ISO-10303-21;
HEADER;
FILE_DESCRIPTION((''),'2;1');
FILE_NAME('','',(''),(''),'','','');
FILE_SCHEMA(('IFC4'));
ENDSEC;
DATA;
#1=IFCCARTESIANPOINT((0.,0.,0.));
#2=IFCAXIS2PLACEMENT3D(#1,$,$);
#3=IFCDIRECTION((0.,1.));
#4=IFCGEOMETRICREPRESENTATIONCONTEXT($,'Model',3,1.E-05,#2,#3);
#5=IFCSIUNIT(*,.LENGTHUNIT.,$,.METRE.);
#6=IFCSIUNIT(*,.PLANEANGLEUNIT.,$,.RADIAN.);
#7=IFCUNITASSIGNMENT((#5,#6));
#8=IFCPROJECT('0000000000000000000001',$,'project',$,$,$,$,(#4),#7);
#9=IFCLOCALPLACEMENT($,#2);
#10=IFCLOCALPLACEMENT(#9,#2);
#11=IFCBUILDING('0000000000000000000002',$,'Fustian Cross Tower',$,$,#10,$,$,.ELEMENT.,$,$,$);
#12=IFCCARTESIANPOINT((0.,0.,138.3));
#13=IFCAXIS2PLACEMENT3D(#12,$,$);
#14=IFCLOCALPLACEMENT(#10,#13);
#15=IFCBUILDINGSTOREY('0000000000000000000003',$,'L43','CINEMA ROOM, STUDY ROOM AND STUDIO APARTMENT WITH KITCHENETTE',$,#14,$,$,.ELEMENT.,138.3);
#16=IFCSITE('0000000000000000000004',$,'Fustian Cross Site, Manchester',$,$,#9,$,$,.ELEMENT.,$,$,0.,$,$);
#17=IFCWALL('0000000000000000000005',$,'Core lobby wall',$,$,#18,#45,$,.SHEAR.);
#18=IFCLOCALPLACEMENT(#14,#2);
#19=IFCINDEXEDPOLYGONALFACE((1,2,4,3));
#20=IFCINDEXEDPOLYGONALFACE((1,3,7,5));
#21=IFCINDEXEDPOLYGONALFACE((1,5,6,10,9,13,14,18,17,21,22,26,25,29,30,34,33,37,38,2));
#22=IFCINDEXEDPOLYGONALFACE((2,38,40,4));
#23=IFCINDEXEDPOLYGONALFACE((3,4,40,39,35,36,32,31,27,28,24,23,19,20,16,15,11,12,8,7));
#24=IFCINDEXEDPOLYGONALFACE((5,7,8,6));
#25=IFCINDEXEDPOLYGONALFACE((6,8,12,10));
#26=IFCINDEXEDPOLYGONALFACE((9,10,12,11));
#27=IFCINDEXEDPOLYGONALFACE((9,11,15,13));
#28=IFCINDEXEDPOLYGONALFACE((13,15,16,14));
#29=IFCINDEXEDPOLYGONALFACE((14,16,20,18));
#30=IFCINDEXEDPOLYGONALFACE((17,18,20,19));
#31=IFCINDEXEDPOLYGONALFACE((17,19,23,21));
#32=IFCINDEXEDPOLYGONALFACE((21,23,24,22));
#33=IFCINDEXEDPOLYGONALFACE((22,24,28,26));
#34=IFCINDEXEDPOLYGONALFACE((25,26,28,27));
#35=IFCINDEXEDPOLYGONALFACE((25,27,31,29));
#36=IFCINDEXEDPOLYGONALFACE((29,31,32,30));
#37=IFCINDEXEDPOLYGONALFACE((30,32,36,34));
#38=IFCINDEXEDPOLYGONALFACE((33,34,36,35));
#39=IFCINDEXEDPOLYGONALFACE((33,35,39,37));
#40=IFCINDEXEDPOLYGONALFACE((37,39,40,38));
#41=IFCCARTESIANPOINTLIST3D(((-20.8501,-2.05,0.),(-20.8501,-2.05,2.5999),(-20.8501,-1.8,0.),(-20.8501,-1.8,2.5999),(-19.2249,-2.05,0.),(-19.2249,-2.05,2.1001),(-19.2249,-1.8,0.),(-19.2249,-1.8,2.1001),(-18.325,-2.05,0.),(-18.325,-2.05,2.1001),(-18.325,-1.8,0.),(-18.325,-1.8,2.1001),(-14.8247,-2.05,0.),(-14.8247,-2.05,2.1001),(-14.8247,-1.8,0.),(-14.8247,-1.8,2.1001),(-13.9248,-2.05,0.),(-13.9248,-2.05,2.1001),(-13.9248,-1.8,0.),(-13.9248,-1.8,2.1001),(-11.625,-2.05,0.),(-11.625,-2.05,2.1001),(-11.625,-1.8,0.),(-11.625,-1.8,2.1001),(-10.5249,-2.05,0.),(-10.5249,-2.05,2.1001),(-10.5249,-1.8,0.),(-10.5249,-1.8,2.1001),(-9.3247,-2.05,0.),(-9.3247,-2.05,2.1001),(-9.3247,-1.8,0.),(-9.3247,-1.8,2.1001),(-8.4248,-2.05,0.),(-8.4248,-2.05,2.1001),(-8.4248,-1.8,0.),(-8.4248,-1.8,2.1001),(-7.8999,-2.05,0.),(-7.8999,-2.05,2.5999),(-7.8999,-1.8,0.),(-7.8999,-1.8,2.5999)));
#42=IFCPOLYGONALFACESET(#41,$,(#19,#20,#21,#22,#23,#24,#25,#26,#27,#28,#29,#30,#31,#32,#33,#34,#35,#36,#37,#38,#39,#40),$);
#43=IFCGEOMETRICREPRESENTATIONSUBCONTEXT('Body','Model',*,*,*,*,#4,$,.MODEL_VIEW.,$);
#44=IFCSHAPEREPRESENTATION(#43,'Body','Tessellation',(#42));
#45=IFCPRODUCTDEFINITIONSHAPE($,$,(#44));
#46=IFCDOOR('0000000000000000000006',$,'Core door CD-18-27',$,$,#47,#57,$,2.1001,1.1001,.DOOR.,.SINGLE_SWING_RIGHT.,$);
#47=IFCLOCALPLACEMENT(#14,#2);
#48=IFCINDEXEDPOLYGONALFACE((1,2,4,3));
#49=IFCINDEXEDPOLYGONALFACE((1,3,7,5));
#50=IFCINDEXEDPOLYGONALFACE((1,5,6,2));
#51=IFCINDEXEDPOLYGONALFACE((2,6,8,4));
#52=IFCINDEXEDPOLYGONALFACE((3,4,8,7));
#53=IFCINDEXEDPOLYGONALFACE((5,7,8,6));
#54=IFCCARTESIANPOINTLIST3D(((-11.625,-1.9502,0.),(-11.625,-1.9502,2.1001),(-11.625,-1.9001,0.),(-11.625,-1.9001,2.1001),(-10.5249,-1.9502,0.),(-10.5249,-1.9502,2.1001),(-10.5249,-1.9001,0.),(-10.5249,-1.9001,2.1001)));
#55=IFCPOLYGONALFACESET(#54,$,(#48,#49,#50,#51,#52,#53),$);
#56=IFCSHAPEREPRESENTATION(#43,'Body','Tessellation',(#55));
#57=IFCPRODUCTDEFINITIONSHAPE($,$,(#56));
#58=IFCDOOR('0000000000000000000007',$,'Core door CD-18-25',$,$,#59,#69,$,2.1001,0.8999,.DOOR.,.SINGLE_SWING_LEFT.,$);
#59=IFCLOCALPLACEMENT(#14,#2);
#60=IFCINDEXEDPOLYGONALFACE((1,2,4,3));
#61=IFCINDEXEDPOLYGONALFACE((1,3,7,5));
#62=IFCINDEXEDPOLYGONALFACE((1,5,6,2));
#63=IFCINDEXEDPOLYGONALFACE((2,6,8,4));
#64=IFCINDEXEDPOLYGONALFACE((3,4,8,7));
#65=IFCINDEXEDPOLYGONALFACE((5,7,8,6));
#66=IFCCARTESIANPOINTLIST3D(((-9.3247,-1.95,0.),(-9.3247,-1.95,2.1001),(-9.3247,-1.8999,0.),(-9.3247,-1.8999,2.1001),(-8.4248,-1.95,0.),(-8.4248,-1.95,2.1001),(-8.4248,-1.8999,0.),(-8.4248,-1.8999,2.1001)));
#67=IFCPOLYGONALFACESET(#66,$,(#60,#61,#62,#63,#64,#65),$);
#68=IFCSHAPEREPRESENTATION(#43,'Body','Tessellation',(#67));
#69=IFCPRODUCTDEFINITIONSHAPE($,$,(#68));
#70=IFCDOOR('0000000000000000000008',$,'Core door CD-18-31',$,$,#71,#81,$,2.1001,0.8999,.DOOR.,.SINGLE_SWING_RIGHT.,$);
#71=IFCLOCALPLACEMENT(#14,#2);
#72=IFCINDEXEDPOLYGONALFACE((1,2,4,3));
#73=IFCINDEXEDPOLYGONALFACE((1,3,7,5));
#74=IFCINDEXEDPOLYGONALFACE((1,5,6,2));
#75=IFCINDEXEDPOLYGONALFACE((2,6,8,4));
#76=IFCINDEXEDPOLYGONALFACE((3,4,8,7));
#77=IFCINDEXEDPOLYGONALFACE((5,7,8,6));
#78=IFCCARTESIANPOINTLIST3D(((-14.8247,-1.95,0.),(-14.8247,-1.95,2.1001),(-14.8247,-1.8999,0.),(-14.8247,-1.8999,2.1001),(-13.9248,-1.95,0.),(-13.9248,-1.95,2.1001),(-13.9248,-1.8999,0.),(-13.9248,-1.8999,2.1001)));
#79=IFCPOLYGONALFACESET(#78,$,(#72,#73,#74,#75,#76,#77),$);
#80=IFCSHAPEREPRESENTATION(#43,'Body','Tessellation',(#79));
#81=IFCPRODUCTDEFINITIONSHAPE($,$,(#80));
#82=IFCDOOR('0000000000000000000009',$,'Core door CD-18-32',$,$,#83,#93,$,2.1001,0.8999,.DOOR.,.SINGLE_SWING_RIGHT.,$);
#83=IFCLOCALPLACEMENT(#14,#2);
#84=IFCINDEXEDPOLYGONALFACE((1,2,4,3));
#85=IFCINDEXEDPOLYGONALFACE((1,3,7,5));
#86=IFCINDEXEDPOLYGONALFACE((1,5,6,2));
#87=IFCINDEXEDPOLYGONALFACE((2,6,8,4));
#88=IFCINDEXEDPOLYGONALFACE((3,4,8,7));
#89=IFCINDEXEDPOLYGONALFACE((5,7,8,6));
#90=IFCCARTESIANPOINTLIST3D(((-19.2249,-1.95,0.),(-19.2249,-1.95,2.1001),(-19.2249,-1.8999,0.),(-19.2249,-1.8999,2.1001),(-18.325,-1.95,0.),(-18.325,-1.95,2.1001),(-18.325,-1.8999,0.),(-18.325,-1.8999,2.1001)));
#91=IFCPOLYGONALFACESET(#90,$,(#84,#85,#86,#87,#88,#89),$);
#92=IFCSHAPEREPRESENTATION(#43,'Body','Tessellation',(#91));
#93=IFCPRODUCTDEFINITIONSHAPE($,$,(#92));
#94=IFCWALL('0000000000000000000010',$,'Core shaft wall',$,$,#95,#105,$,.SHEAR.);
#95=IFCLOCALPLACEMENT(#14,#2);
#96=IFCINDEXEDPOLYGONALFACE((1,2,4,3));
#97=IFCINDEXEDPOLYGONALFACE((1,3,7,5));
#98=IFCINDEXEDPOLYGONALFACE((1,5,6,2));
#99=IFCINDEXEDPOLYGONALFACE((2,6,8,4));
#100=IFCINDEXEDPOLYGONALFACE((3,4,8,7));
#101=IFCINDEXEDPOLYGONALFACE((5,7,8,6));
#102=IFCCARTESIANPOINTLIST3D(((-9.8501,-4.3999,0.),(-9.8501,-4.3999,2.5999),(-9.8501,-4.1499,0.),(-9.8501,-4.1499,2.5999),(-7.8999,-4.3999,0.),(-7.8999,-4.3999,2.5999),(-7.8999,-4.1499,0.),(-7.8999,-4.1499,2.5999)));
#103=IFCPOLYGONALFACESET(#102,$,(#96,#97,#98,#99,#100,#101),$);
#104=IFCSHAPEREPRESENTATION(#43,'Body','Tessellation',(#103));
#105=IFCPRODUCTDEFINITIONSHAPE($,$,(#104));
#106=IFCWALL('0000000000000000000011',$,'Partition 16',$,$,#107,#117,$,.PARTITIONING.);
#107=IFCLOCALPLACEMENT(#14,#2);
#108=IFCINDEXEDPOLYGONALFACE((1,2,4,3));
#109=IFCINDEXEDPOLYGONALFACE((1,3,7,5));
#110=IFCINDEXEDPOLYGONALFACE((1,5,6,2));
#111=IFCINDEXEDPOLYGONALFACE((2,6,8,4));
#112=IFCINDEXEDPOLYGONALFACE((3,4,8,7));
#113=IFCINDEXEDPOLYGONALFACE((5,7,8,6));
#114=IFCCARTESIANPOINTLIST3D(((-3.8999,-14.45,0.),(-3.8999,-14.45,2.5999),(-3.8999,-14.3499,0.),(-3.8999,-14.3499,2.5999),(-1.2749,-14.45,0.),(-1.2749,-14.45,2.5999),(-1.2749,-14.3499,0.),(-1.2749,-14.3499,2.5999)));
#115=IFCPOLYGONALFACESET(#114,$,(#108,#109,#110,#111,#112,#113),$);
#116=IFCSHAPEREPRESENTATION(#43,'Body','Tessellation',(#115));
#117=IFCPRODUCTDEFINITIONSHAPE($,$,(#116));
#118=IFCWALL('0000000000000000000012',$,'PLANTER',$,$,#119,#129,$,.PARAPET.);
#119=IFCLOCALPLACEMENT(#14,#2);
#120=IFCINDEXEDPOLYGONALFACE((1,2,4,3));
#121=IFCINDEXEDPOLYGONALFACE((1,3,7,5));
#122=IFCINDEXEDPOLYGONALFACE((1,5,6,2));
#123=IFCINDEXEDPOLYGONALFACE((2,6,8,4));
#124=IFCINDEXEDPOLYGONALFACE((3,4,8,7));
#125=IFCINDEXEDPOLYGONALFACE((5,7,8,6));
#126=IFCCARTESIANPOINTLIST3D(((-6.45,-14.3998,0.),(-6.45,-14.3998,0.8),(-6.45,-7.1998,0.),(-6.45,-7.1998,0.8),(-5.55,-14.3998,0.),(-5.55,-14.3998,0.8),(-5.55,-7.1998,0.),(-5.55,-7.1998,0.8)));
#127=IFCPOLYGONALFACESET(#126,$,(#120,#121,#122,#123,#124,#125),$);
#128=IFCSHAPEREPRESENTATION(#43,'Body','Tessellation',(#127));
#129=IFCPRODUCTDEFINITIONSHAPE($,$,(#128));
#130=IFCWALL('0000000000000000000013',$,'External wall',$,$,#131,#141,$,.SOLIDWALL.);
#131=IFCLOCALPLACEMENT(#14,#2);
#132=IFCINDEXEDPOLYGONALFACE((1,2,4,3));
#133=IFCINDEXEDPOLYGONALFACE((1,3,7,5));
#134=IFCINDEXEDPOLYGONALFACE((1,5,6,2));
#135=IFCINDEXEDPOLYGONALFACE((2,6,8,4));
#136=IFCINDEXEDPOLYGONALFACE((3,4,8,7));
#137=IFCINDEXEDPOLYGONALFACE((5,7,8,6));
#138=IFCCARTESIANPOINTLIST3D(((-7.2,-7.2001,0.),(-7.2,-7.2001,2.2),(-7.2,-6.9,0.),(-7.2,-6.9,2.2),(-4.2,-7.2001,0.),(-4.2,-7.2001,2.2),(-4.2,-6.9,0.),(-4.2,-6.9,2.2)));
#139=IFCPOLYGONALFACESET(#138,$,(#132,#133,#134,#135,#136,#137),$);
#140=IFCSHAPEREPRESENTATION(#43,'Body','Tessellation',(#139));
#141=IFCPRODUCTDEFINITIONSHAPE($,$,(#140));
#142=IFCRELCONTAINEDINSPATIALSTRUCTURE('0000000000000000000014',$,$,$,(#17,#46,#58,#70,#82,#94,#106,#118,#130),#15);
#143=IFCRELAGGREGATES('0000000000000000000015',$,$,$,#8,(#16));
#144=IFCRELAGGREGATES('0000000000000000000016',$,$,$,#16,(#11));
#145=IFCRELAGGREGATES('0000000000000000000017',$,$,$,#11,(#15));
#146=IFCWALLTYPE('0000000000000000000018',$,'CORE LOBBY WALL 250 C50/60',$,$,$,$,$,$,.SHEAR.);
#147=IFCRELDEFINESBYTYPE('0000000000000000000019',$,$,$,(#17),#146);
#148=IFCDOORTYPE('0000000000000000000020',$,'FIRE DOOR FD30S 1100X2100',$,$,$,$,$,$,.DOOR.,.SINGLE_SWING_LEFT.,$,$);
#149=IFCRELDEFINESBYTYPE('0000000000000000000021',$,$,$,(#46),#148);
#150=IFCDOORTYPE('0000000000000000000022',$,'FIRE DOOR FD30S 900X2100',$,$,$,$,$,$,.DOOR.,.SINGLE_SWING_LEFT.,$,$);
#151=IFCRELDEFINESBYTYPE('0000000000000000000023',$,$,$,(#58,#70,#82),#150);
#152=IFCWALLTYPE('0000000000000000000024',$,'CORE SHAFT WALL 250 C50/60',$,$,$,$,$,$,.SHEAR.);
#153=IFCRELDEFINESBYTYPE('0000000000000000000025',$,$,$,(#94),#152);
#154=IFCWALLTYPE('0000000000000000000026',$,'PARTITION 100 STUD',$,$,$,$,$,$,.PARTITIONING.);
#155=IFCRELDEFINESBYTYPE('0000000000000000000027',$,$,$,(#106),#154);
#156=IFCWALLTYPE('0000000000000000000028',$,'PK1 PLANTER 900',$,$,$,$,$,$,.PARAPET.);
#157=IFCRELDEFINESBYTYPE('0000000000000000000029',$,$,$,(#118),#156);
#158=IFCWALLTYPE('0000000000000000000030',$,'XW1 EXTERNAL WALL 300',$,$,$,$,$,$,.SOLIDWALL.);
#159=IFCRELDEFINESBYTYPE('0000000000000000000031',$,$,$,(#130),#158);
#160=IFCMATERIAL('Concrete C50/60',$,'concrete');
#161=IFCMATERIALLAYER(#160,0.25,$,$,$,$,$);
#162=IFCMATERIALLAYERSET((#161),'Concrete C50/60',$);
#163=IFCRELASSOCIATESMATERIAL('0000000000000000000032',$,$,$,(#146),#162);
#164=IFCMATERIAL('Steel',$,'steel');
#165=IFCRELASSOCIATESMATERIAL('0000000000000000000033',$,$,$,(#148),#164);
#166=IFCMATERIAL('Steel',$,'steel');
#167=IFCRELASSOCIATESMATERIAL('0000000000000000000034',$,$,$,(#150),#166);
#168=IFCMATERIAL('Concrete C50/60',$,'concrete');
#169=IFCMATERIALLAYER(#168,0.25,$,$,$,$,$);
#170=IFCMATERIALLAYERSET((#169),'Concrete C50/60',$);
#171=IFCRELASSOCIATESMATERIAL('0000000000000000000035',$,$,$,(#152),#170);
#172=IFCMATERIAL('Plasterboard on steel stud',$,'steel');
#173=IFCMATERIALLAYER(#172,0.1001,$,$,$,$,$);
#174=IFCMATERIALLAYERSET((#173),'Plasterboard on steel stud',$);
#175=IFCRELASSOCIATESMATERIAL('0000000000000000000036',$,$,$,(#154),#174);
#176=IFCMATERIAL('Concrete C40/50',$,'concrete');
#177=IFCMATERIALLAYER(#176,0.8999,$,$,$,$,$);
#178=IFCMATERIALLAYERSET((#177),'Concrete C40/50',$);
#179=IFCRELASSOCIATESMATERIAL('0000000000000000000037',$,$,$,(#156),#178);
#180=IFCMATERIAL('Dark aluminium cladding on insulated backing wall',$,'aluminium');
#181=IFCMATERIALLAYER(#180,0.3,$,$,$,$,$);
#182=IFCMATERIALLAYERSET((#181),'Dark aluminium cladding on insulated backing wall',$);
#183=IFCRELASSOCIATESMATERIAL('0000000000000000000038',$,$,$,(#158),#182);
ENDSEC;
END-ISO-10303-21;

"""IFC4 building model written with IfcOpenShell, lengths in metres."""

from ifc_helpers import new_model, si_unit, direction, frame, frame_2d, origin, place, context, subcontext, project, spatial, rectangle, extrude, material, layer, layer_set, type_object, element, fill, save


model = new_model("IFC4")

# Units and contexts
model_context = context("Model", 3, precision=1e-05, world=origin(), true_north=direction((0.0, 1.0)))
body_context = subcontext(model_context, "Body", "Model", "MODEL_VIEW")
ifc_project = project(units=[si_unit("LENGTHUNIT", "METRE"), si_unit("PLANEANGLEUNIT", "RADIAN")], contexts=[model_context])

# Site, building, storey
site_placement = place(None, origin())
site = spatial("IfcSite", under=ifc_project, at=site_placement, Name="Fustian Cross Site, Manchester", CompositionType="ELEMENT", RefElevation=0.0)
building_placement = place(site_placement, origin())
building = spatial("IfcBuilding", under=site, at=building_placement, Name="Fustian Cross Tower", CompositionType="ELEMENT")
storey_placement = place(building_placement, frame((0.0, 0.0, 138.3)))
storey = spatial("IfcBuildingStorey", under=building, at=storey_placement, Name="L43", Description="CINEMA ROOM, STUDY ROOM AND STUDIO APARTMENT WITH KITCHENETTE", CompositionType="ELEMENT", Elevation=138.3)

# Wall, openings, doors
ifc_material_1 = material(Name="Concrete C50/60", Category="concrete")
ifc_layer_1 = layer(ifc_material_1, 0.25)
ifc_layer_set_1 = layer_set([ifc_layer_1], Name="Concrete C50/60")
wall_type_1 = type_object("IfcWallType", Name="CORE LOBBY WALL 250 C50/60", PredefinedType="SHEAR", material=ifc_layer_set_1)
wall_1_placement = place(storey_placement, frame((-7.8999, -1.925, 0.0), z_axis=(0.0, 0.0, 1.0), x_axis=(-1.0, 0.0, 0.0)))
wall_1 = element("IfcWall", 1, at=wall_1_placement, inside=storey, type_object=wall_type_1, Name="Core lobby wall", PredefinedType="SHEAR", context=body_context, shape_type="SweptSolid", body=[
    extrude(rectangle(XDim=12.9502, YDim=0.25, at=frame_2d((6.4751, 0.0))), origin(), (0.0, 0.0, 1.0), 2.5999),
])
opening_1_placement = place(wall_1_placement, frame((0.5249, 0.0, 0.0)))
opening_1 = element("IfcOpeningElement", 2, at=opening_1_placement, cuts=wall_1, PredefinedType="OPENING", context=body_context, shape_type="SweptSolid", body=[
    extrude(rectangle(XDim=0.8999, YDim=2.1001, at=frame_2d((0.45, 1.05))), frame((0.0, 0.135, 0.0), z_axis=(0.0, -1.0, 0.0), x_axis=(1.0, 0.0, 0.0)), (0.0, 0.0, 1.0), 0.27),
])
opening_2_placement = place(wall_1_placement, frame((2.625, 0.0, 0.0)))
opening_2 = element("IfcOpeningElement", 3, at=opening_2_placement, cuts=wall_1, PredefinedType="OPENING", context=body_context, shape_type="SweptSolid", body=[
    extrude(rectangle(XDim=1.1001, YDim=2.1001, at=frame_2d((0.55, 1.05))), frame((0.0, 0.135, 0.0), z_axis=(0.0, -1.0, 0.0), x_axis=(1.0, 0.0, 0.0)), (0.0, 0.0, 1.0), 0.27),
])
opening_3_placement = place(wall_1_placement, frame((6.0249, 0.0, 0.0)))
opening_3 = element("IfcOpeningElement", 4, at=opening_3_placement, cuts=wall_1, PredefinedType="OPENING", context=body_context, shape_type="SweptSolid", body=[
    extrude(rectangle(XDim=0.8999, YDim=2.1001, at=frame_2d((0.45, 1.05))), frame((0.0, 0.135, 0.0), z_axis=(0.0, -1.0, 0.0), x_axis=(1.0, 0.0, 0.0)), (0.0, 0.0, 1.0), 0.27),
])
opening_4_placement = place(wall_1_placement, frame((10.425, 0.0, 0.0)))
opening_4 = element("IfcOpeningElement", 5, at=opening_4_placement, cuts=wall_1, PredefinedType="OPENING", context=body_context, shape_type="SweptSolid", body=[
    extrude(rectangle(XDim=0.8999, YDim=2.1001, at=frame_2d((0.45, 1.05))), frame((0.0, 0.135, 0.0), z_axis=(0.0, -1.0, 0.0), x_axis=(1.0, 0.0, 0.0)), (0.0, 0.0, 1.0), 0.27),
])
ifc_material_2 = material(Name="Steel", Category="steel")
door_type_1 = type_object("IfcDoorType", Name="FIRE DOOR FD30S 1100X2100", OperationType="SINGLE_SWING_LEFT", PredefinedType="DOOR", material=ifc_material_2)
door_1_placement = place(opening_2_placement, frame((1.1001, 0.0, 0.0), z_axis=(0.0, 0.0, 1.0), x_axis=(-1.0, 0.0, 0.0)))
door_1 = element("IfcDoor", 6, at=door_1_placement, inside=storey, type_object=door_type_1, Name="Core door CD-18-27", OperationType="SINGLE_SWING_RIGHT", OverallHeight=2.1001, OverallWidth=1.1001, PredefinedType="DOOR", context=body_context, shape_type="SweptSolid", body=[
    extrude(rectangle(XDim=1.1001, YDim=2.1001, at=frame_2d((0.55, 1.05))), frame((0.0, 0.0249, 0.0), z_axis=(0.0, -1.0, 0.0), x_axis=(1.0, 0.0, 0.0)), (0.0, 0.0, 1.0), 0.05),
])
fill(opening_2, door_1)
ifc_material_3 = material(Name="Steel", Category="steel")
door_type_2 = type_object("IfcDoorType", Name="FIRE DOOR FD30S 900X2100", OperationType="SINGLE_SWING_LEFT", PredefinedType="DOOR", material=ifc_material_3)
door_2_placement = place(opening_1_placement, origin())
door_2 = element("IfcDoor", 7, at=door_2_placement, inside=storey, type_object=door_type_2, Name="Core door CD-18-25", OperationType="SINGLE_SWING_LEFT", OverallHeight=2.1001, OverallWidth=0.8999, PredefinedType="DOOR", context=body_context, shape_type="SweptSolid", body=[
    extrude(rectangle(XDim=0.8999, YDim=2.1001, at=frame_2d((0.45, 1.05))), frame((0.0, 0.0249, 0.0), z_axis=(0.0, -1.0, 0.0), x_axis=(1.0, 0.0, 0.0)), (0.0, 0.0, 1.0), 0.05),
])
fill(opening_1, door_2)
door_3_placement = place(opening_3_placement, origin())
door_3 = element("IfcDoor", 8, at=door_3_placement, inside=storey, type_object=door_type_2, Name="Core door CD-18-31", OperationType="SINGLE_SWING_RIGHT", OverallHeight=2.1001, OverallWidth=0.8999, PredefinedType="DOOR", context=body_context, shape_type="SweptSolid", body=[
    extrude(rectangle(XDim=0.8999, YDim=2.1001, at=frame_2d((0.45, 1.05))), frame((0.0, 0.0249, 0.0), z_axis=(0.0, -1.0, 0.0), x_axis=(1.0, 0.0, 0.0)), (0.0, 0.0, 1.0), 0.05),
])
fill(opening_3, door_3)
door_4_placement = place(opening_4_placement, origin())
door_4 = element("IfcDoor", 9, at=door_4_placement, inside=storey, type_object=door_type_2, Name="Core door CD-18-32", OperationType="SINGLE_SWING_RIGHT", OverallHeight=2.1001, OverallWidth=0.8999, PredefinedType="DOOR", context=body_context, shape_type="SweptSolid", body=[
    extrude(rectangle(XDim=0.8999, YDim=2.1001, at=frame_2d((0.45, 1.05))), frame((0.0, 0.0249, 0.0), z_axis=(0.0, -1.0, 0.0), x_axis=(1.0, 0.0, 0.0)), (0.0, 0.0, 1.0), 0.05),
])
fill(opening_4, door_4)

# Walls
ifc_material_4 = material(Name="Concrete C50/60", Category="concrete")
ifc_layer_2 = layer(ifc_material_4, 0.25)
ifc_layer_set_2 = layer_set([ifc_layer_2], Name="Concrete C50/60")
wall_type_2 = type_object("IfcWallType", Name="CORE SHAFT WALL 250 C50/60", PredefinedType="SHEAR", material=ifc_layer_set_2)
wall_2_placement = place(storey_placement, frame((-7.8999, -4.2749, 0.0), z_axis=(0.0, 0.0, 1.0), x_axis=(-1.0, 0.0, 0.0)))
element("IfcWall", 10, at=wall_2_placement, inside=storey, type_object=wall_type_2, Name="Core shaft wall", PredefinedType="SHEAR", context=body_context, shape_type="SweptSolid", body=[
    extrude(rectangle(XDim=1.9502, YDim=0.25, at=frame_2d((0.9751, 0.0))), origin(), (0.0, 0.0, 1.0), 2.5999),
])
ifc_material_5 = material(Name="Plasterboard on steel stud", Category="steel")
ifc_layer_3 = layer(ifc_material_5, 0.1001)
ifc_layer_set_3 = layer_set([ifc_layer_3], Name="Plasterboard on steel stud")
wall_type_3 = type_object("IfcWallType", Name="PARTITION 100 STUD", PredefinedType="PARTITIONING", material=ifc_layer_set_3)
wall_3_placement = place(storey_placement, frame((-3.8999, -14.3999, 0.0), z_axis=(0.0, 0.0, 1.0), x_axis=(1.0, 0.0, 0.0)))
element("IfcWall", 11, at=wall_3_placement, inside=storey, type_object=wall_type_3, Name="Partition 16", PredefinedType="PARTITIONING", context=body_context, shape_type="SweptSolid", body=[
    extrude(rectangle(XDim=2.625, YDim=0.1001, at=frame_2d((1.3125, 0.0))), origin(), (0.0, 0.0, 1.0), 2.5999),
])
ifc_material_6 = material(Name="Concrete C40/50", Category="concrete")
ifc_layer_4 = layer(ifc_material_6, 0.8999)
ifc_layer_set_4 = layer_set([ifc_layer_4], Name="Concrete C40/50")
wall_type_4 = type_object("IfcWallType", Name="PK1 PLANTER 900", PredefinedType="PARAPET", material=ifc_layer_set_4)
wall_4_placement = place(storey_placement, frame((-6.0, -14.3999, 0.0), z_axis=(0.0, 0.0, 1.0), x_axis=(0.0, 1.0, 0.0)))
element("IfcWall", 12, at=wall_4_placement, inside=storey, type_object=wall_type_4, Name="PLANTER", PredefinedType="PARAPET", context=body_context, shape_type="SweptSolid", body=[
    extrude(rectangle(XDim=7.2, YDim=0.8999, at=frame_2d((3.6001, 0.0))), origin(), (0.0, 0.0, 1.0), 0.8),
])
ifc_material_7 = material(Name="Dark aluminium cladding on insulated backing wall", Category="aluminium")
ifc_layer_5 = layer(ifc_material_7, 0.3)
ifc_layer_set_5 = layer_set([ifc_layer_5], Name="Dark aluminium cladding on insulated backing wall")
wall_type_5 = type_object("IfcWallType", Name="XW1 EXTERNAL WALL 300", PredefinedType="SOLIDWALL", material=ifc_layer_set_5)
wall_5_placement = place(storey_placement, frame((-7.2, -7.05, 0.0), z_axis=(0.0, 0.0, 1.0), x_axis=(1.0, 0.0, 0.0)))
element("IfcWall", 13, at=wall_5_placement, inside=storey, type_object=wall_type_5, Name="External wall", PredefinedType="SOLIDWALL", context=body_context, shape_type="SweptSolid", body=[
    extrude(rectangle(XDim=3.0, YDim=0.3, at=frame_2d((1.5, 0.0))), origin(), (0.0, 0.0, 1.0), 2.2),
])

save(model, "model.ifc")
